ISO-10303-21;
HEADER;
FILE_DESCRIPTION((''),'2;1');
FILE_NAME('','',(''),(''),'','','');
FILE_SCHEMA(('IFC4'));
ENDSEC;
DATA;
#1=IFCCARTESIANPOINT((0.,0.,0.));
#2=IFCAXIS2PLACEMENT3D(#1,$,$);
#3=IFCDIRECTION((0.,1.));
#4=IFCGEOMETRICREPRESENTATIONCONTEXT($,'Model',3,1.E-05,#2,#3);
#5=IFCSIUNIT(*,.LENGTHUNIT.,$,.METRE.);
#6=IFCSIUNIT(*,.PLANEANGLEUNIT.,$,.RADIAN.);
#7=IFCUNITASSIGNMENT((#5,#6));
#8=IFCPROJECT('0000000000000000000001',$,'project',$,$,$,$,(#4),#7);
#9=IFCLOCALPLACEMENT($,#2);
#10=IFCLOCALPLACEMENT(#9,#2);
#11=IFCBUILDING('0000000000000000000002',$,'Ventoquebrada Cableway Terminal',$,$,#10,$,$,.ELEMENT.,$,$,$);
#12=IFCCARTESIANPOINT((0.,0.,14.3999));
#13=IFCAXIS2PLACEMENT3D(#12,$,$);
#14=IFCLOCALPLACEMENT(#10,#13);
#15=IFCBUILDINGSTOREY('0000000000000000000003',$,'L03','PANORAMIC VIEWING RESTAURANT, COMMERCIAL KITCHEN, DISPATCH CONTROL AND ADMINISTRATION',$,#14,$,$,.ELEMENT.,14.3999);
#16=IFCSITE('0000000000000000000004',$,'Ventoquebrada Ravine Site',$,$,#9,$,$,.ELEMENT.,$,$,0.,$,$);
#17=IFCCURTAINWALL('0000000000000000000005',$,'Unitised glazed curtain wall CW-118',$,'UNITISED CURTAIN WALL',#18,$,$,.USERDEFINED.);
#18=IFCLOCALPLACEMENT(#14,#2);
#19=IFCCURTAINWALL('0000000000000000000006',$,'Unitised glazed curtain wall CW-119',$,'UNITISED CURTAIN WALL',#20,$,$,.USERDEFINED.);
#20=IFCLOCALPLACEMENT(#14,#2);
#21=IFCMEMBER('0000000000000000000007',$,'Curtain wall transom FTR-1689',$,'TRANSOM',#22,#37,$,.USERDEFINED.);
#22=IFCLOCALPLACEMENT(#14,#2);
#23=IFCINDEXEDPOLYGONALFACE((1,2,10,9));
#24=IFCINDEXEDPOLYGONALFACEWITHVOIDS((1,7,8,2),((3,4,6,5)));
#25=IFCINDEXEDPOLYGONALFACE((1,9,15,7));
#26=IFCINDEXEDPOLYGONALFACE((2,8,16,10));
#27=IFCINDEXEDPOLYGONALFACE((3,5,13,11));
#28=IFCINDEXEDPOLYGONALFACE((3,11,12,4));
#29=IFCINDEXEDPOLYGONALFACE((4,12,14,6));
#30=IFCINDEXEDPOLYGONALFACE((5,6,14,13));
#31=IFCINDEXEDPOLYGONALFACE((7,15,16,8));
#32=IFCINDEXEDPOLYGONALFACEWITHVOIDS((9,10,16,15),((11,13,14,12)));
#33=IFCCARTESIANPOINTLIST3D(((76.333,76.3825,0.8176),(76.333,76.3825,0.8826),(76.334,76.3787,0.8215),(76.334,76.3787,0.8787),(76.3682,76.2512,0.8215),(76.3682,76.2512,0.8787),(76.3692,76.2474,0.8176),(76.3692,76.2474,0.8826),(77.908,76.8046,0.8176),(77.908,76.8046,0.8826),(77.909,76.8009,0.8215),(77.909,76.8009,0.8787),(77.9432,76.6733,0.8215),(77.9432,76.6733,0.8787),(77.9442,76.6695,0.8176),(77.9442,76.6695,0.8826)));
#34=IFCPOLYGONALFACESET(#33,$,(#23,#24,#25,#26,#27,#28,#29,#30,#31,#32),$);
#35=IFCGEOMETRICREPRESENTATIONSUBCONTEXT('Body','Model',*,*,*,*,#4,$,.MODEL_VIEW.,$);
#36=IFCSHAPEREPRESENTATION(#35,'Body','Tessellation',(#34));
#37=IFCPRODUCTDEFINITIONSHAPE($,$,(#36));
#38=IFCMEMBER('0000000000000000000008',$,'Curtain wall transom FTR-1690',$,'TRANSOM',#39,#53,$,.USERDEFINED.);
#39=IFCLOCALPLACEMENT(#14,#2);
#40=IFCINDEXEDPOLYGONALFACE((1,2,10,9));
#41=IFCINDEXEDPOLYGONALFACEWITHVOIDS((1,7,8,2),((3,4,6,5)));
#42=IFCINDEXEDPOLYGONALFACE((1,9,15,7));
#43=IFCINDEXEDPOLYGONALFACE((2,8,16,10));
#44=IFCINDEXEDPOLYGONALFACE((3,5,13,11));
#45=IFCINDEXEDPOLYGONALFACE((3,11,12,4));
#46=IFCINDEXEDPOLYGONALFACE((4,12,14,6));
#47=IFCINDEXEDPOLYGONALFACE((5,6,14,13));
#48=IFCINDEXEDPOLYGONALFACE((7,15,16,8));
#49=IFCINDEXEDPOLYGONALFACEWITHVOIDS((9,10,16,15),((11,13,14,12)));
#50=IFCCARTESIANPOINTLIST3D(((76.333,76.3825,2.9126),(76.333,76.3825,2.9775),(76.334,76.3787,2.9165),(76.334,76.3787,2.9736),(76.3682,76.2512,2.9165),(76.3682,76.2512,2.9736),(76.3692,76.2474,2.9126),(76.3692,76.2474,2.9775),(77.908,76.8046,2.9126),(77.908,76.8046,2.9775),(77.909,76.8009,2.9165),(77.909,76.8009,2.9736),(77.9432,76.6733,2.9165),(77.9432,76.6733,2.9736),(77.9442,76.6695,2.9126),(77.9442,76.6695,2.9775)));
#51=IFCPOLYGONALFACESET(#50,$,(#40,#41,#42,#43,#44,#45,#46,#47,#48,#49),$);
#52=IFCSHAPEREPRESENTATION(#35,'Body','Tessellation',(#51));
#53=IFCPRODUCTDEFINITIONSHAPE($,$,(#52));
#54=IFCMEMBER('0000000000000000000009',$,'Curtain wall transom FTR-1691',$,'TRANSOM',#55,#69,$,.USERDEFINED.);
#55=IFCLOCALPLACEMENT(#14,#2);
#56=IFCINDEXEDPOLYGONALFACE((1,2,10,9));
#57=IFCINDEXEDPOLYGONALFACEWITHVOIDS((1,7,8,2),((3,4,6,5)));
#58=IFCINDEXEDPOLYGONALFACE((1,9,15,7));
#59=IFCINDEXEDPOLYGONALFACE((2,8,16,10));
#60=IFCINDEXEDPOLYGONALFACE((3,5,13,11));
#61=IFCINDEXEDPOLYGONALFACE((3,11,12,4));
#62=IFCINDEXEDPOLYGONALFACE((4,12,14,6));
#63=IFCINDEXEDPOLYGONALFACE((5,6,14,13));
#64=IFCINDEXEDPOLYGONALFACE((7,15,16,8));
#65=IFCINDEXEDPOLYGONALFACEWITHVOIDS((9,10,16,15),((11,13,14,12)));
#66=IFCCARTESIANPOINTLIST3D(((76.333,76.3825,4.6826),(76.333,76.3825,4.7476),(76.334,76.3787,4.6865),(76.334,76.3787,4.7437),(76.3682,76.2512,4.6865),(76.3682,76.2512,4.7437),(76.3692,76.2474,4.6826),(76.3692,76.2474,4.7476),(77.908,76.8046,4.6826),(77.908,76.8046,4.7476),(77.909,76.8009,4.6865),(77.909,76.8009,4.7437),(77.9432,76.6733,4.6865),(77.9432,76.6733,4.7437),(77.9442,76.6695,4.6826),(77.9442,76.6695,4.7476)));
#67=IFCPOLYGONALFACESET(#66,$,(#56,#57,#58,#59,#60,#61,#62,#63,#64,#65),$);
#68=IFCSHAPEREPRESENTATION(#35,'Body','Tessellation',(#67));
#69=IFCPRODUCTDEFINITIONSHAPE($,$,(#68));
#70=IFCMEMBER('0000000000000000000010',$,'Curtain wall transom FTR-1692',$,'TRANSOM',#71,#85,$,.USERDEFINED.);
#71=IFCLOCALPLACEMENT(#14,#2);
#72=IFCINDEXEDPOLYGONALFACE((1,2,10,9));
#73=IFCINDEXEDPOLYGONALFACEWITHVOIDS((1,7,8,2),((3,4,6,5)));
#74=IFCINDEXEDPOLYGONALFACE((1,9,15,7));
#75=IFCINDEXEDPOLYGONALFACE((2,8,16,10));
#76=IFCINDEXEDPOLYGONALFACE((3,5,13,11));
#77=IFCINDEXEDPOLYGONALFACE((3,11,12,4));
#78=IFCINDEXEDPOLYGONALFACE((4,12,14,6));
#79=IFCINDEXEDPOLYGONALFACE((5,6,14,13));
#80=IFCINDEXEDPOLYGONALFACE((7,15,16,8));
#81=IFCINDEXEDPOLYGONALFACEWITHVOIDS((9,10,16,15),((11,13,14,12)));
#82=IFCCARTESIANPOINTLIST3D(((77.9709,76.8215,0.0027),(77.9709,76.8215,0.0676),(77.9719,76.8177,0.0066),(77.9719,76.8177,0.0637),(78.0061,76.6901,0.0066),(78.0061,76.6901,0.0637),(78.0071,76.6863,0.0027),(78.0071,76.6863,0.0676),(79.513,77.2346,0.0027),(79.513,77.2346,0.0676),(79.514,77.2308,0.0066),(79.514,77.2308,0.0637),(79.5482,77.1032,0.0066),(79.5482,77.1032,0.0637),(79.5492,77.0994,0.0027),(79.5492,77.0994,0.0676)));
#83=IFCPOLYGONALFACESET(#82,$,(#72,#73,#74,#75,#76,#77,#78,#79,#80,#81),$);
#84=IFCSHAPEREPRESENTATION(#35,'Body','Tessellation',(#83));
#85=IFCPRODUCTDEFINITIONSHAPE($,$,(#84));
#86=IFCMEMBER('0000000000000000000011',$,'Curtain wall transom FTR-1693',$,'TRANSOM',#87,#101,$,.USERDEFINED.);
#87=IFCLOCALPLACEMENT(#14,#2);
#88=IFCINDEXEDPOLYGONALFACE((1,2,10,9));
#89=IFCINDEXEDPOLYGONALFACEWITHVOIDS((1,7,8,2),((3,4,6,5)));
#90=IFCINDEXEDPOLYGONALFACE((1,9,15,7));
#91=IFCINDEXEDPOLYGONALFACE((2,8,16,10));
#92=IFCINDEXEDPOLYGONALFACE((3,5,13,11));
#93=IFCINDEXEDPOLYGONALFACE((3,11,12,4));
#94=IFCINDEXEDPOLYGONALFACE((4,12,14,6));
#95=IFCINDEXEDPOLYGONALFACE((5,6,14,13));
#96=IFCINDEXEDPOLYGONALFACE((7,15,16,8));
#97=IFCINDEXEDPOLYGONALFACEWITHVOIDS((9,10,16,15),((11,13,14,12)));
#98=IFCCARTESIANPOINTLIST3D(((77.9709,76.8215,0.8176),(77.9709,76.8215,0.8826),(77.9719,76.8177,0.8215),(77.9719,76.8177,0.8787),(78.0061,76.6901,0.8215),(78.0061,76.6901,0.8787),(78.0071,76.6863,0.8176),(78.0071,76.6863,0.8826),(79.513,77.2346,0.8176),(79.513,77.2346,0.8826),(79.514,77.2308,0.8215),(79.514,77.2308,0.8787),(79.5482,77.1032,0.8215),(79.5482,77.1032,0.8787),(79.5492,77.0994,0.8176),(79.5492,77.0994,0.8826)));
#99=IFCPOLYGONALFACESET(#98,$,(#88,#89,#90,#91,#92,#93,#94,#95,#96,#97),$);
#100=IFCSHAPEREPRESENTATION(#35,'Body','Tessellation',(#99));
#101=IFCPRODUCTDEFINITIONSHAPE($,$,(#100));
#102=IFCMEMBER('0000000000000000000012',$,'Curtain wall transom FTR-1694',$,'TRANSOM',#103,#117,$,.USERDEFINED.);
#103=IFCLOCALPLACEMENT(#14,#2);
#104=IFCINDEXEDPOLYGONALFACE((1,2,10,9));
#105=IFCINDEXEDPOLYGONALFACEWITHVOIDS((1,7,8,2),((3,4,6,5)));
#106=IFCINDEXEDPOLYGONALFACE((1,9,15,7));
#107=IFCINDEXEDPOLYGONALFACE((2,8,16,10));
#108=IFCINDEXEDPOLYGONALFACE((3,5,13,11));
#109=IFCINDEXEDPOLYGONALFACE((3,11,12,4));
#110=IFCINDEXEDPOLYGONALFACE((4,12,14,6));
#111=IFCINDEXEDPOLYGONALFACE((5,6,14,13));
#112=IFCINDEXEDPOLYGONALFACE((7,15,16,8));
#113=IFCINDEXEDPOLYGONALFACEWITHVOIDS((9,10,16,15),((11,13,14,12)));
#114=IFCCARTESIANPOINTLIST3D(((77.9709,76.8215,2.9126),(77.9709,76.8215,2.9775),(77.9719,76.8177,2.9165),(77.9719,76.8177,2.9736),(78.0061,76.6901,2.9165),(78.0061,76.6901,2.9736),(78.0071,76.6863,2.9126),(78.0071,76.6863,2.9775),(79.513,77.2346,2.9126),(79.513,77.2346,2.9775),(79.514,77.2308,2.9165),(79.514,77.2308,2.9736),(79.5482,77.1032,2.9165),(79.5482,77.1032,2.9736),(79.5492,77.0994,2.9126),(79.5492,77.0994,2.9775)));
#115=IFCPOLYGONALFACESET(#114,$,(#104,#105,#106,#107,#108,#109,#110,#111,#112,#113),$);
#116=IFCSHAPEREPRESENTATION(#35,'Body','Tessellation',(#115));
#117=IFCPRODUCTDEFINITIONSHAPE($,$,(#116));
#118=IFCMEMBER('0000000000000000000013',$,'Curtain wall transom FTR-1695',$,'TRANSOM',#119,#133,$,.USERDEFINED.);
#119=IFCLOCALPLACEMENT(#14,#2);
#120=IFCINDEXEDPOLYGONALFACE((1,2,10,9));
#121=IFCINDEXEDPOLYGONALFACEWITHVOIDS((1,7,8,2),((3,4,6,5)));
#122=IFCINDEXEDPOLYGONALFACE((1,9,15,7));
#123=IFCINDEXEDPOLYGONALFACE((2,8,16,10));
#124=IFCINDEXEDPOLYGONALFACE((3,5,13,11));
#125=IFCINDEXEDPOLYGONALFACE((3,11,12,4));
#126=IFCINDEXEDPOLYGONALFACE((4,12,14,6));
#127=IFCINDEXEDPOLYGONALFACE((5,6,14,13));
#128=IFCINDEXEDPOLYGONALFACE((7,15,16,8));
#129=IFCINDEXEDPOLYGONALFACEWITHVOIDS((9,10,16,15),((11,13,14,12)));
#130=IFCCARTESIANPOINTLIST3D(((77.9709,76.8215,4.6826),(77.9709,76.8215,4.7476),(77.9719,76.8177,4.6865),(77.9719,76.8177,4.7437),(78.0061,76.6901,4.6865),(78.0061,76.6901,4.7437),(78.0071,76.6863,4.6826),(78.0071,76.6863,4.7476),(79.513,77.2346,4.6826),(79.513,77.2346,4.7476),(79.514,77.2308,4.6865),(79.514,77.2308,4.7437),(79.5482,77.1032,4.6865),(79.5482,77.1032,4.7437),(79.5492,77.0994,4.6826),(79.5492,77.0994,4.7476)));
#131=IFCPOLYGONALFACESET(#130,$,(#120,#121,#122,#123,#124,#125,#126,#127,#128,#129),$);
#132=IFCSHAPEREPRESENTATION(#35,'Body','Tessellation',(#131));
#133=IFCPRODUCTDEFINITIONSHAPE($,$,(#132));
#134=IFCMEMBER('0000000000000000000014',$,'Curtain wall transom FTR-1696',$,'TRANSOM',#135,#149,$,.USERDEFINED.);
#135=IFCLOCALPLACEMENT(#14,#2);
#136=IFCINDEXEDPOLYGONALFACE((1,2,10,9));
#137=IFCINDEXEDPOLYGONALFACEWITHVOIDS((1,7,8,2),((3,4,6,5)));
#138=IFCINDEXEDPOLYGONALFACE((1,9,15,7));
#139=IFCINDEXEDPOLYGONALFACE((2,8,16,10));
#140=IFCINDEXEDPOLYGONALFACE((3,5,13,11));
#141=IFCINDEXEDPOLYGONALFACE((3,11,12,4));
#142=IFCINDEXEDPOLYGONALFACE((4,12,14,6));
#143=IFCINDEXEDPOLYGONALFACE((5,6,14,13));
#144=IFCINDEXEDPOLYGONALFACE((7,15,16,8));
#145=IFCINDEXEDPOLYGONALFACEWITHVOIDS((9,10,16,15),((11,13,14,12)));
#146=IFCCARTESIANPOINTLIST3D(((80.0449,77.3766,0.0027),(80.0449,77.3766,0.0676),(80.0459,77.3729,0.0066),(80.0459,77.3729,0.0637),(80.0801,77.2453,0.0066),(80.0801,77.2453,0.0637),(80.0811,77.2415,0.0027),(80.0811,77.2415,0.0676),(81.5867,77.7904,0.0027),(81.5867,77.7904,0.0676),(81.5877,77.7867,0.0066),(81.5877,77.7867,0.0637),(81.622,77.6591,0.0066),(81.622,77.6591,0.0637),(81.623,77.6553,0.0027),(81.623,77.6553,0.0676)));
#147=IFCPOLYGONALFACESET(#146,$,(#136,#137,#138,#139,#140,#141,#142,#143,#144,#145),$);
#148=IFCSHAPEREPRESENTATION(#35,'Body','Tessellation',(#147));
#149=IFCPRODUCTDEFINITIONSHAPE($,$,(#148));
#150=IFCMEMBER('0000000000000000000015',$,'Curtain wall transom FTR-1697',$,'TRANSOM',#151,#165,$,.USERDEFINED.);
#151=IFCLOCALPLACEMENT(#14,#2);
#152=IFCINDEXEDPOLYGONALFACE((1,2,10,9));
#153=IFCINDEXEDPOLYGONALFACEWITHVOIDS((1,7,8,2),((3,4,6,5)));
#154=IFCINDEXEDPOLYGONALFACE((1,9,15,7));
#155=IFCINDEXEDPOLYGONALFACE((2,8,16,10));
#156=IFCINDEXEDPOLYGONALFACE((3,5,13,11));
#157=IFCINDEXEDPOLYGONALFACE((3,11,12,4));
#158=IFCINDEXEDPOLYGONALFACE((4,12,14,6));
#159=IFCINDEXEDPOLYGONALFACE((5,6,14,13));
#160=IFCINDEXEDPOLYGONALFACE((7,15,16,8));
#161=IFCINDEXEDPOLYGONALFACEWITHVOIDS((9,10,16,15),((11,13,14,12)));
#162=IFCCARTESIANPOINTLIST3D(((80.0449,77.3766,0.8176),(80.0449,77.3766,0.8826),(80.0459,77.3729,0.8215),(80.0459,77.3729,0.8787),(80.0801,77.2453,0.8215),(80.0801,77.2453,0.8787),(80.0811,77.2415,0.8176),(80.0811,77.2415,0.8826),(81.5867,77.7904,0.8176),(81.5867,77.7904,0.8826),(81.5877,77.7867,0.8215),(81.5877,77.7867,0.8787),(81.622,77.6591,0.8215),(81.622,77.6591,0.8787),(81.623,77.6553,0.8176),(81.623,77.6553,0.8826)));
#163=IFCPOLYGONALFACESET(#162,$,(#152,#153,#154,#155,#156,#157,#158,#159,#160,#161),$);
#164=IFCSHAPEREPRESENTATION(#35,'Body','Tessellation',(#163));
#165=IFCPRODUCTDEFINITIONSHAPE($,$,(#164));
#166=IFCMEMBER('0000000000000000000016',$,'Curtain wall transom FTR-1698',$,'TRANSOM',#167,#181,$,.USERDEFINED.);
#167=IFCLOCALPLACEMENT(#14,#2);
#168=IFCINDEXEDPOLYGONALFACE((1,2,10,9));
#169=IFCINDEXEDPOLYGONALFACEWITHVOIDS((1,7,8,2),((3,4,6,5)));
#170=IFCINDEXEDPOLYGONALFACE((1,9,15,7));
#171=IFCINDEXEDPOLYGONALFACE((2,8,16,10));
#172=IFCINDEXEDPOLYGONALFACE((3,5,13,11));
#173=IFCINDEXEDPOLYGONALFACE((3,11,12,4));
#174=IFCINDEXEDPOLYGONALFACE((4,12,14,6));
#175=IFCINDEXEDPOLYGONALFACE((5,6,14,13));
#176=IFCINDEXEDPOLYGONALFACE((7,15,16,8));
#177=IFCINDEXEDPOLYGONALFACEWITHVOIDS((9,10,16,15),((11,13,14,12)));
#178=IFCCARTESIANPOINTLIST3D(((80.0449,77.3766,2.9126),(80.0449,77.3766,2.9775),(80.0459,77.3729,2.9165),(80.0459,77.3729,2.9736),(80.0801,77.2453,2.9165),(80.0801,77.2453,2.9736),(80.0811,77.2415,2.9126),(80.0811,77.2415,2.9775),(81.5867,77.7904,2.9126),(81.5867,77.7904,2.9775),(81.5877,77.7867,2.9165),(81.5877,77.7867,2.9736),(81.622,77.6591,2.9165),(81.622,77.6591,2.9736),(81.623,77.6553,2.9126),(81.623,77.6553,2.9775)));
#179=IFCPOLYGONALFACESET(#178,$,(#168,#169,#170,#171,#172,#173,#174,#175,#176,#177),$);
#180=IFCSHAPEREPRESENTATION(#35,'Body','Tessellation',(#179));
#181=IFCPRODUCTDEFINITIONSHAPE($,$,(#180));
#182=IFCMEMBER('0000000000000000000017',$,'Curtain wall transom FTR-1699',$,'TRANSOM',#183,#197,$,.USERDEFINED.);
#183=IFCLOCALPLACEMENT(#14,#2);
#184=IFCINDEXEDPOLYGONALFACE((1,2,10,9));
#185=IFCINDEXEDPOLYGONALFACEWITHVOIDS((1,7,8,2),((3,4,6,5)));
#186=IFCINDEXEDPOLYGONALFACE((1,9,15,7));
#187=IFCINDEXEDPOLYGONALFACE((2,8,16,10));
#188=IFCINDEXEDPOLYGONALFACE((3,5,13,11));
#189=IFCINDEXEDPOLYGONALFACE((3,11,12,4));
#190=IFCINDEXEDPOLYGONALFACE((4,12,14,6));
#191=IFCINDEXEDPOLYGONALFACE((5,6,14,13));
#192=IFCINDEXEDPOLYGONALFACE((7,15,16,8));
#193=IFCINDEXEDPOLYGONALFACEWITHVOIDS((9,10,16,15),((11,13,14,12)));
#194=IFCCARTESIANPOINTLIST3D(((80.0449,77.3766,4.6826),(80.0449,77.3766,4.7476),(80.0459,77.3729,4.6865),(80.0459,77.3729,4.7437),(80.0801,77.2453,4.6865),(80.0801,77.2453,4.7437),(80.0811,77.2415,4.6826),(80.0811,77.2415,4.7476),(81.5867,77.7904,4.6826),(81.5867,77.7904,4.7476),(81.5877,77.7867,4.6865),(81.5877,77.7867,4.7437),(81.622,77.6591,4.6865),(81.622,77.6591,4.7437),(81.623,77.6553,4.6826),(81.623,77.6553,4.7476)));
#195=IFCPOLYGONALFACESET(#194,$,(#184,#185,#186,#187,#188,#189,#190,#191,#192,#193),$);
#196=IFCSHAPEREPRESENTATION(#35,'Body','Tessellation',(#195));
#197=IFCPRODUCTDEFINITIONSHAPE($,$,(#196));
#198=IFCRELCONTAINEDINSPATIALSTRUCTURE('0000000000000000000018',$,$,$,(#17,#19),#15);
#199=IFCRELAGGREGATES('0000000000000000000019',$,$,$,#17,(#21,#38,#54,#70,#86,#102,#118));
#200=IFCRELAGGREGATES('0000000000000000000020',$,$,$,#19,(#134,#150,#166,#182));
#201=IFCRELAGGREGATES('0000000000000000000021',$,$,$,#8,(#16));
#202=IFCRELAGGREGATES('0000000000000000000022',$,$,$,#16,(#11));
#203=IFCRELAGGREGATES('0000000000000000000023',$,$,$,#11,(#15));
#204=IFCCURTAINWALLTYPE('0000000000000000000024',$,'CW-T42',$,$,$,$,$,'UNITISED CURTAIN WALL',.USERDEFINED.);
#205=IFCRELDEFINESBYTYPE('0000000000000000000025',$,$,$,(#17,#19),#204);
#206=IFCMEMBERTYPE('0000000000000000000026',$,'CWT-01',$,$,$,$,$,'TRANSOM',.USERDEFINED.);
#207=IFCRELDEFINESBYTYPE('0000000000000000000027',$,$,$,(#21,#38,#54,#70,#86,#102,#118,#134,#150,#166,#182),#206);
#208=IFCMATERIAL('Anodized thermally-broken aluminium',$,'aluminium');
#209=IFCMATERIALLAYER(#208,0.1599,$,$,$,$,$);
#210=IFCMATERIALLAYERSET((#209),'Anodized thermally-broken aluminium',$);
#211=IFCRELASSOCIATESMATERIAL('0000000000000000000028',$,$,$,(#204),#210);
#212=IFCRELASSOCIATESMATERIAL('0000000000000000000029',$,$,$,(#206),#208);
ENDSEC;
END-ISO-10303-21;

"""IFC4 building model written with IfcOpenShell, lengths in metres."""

from ifc_helpers import new_model, si_unit, direction, frame, origin, origin_2d, place, context, subcontext, project, spatial, hollow_rectangle, extrude, material, layer, layer_set, material_profile, profile_set, type_object, element, aggregate, save


model = new_model("IFC4")

# Units and contexts
model_context = context("Model", 3, precision=1e-05, world=origin(), true_north=direction((0.0, 1.0)))
body_context = subcontext(model_context, "Body", "Model", "MODEL_VIEW")
ifc_project = project(units=[si_unit("LENGTHUNIT", "METRE"), si_unit("PLANEANGLEUNIT", "RADIAN")], contexts=[model_context])

# Site, building, storey
site_placement = place(None, origin())
site = spatial("IfcSite", under=ifc_project, at=site_placement, Name="Ventoquebrada Ravine Site", CompositionType="ELEMENT", RefElevation=0.0)
building_placement = place(site_placement, origin())
building = spatial("IfcBuilding", under=site, at=building_placement, Name="Ventoquebrada Cableway Terminal", CompositionType="ELEMENT")
storey_placement = place(building_placement, frame((0.0, 0.0, 14.3999)))
storey = spatial("IfcBuildingStorey", under=building, at=storey_placement, Name="L03", Description="PANORAMIC VIEWING RESTAURANT, COMMERCIAL KITCHEN, DISPATCH CONTROL AND ADMINISTRATION", CompositionType="ELEMENT", Elevation=14.3999)

# Curtain wall
ifc_material_1 = material(Name="Anodized thermally-broken aluminium", Category="aluminium")
ifc_layer_1 = layer(ifc_material_1, 0.1599)
ifc_layer_set_1 = layer_set([ifc_layer_1], Name="Anodized thermally-broken aluminium")
curtain_wall_type_1 = type_object("IfcCurtainWallType", Name="CW-T42", ElementType="UNITISED CURTAIN WALL", PredefinedType="USERDEFINED", material=ifc_layer_set_1)
curtain_wall_1_placement = place(storey_placement, origin())
curtain_wall_1 = element("IfcCurtainWall", 1, at=curtain_wall_1_placement, inside=storey, type_object=curtain_wall_type_1, Name="Unitised glazed curtain wall CW-118", ObjectType="UNITISED CURTAIN WALL", PredefinedType="USERDEFINED")

# Curtain wall
curtain_wall_2_placement = place(storey_placement, origin())
curtain_wall_2 = element("IfcCurtainWall", 2, at=curtain_wall_2_placement, inside=storey, type_object=curtain_wall_type_1, Name="Unitised glazed curtain wall CW-119", ObjectType="UNITISED CURTAIN WALL", PredefinedType="USERDEFINED")

# Members
ifc_material_profile_1 = material_profile(ifc_material_1, hollow_rectangle(XDim=0.0649, YDim=0.1399, WallThickness=0.0039, at=origin_2d()), Name="CW-TRN-65X140")
ifc_profile_set_1 = profile_set([ifc_material_profile_1], Name="Anodized thermally-broken aluminium")
member_type_1 = type_object("IfcMemberType", Name="CWT-01", ElementType="TRANSOM", PredefinedType="USERDEFINED", material=ifc_profile_set_1)
member_1_placement = place(storey_placement, frame((76.3511, 76.3149, 0.8501), z_axis=(0.965909, 0.258883, 0.0), x_axis=(0.0, 0.0, 1.0)))
member_1 = element("IfcMember", 3, at=member_1_placement, type_object=member_type_1, Name="Curtain wall transom FTR-1689", ObjectType="TRANSOM", PredefinedType="USERDEFINED", context=body_context, shape_type="SweptSolid", body=[
    extrude(hollow_rectangle(XDim=0.0649, YDim=0.1399, WallThickness=0.0039, at=origin_2d()), origin(), (0.0, 0.0, 1.0), 1.6306),
])
member_2_placement = place(storey_placement, frame((76.3511, 76.3149, 2.9451), z_axis=(0.965909, 0.258883, 0.0), x_axis=(0.0, 0.0, 1.0)))
member_2 = element("IfcMember", 4, at=member_2_placement, type_object=member_type_1, Name="Curtain wall transom FTR-1690", ObjectType="TRANSOM", PredefinedType="USERDEFINED", context=body_context, shape_type="SweptSolid", body=[
    extrude(hollow_rectangle(XDim=0.0649, YDim=0.1399, WallThickness=0.0039, at=origin_2d()), origin(), (0.0, 0.0, 1.0), 1.6306),
])
member_3_placement = place(storey_placement, frame((76.3511, 76.3149, 4.7151), z_axis=(0.965909, 0.258883, 0.0), x_axis=(0.0, 0.0, 1.0)))
member_3 = element("IfcMember", 5, at=member_3_placement, type_object=member_type_1, Name="Curtain wall transom FTR-1691", ObjectType="TRANSOM", PredefinedType="USERDEFINED", context=body_context, shape_type="SweptSolid", body=[
    extrude(hollow_rectangle(XDim=0.0649, YDim=0.1399, WallThickness=0.0039, at=origin_2d()), origin(), (0.0, 0.0, 1.0), 1.6306),
])
member_4_placement = place(storey_placement, frame((77.989, 76.7539, 0.0352), z_axis=(0.96594, 0.258767, 0.0), x_axis=(0.0, 0.0, 1.0)))
member_4 = element("IfcMember", 6, at=member_4_placement, type_object=member_type_1, Name="Curtain wall transom FTR-1692", ObjectType="TRANSOM", PredefinedType="USERDEFINED", context=body_context, shape_type="SweptSolid", body=[
    extrude(hollow_rectangle(XDim=0.0649, YDim=0.1399, WallThickness=0.0039, at=origin_2d()), origin(), (0.0, 0.0, 1.0), 1.5964),
])
member_5_placement = place(storey_placement, frame((77.989, 76.7539, 0.8501), z_axis=(0.96594, 0.258767, 0.0), x_axis=(0.0, 0.0, 1.0)))
member_5 = element("IfcMember", 7, at=member_5_placement, type_object=member_type_1, Name="Curtain wall transom FTR-1693", ObjectType="TRANSOM", PredefinedType="USERDEFINED", context=body_context, shape_type="SweptSolid", body=[
    extrude(hollow_rectangle(XDim=0.0649, YDim=0.1399, WallThickness=0.0039, at=origin_2d()), origin(), (0.0, 0.0, 1.0), 1.5964),
])
member_6_placement = place(storey_placement, frame((77.989, 76.7539, 2.9451), z_axis=(0.96594, 0.258767, 0.0), x_axis=(0.0, 0.0, 1.0)))
member_6 = element("IfcMember", 8, at=member_6_placement, type_object=member_type_1, Name="Curtain wall transom FTR-1694", ObjectType="TRANSOM", PredefinedType="USERDEFINED", context=body_context, shape_type="SweptSolid", body=[
    extrude(hollow_rectangle(XDim=0.0649, YDim=0.1399, WallThickness=0.0039, at=origin_2d()), origin(), (0.0, 0.0, 1.0), 1.5964),
])
member_7_placement = place(storey_placement, frame((77.989, 76.7539, 4.7151), z_axis=(0.96594, 0.258767, 0.0), x_axis=(0.0, 0.0, 1.0)))
member_7 = element("IfcMember", 9, at=member_7_placement, type_object=member_type_1, Name="Curtain wall transom FTR-1695", ObjectType="TRANSOM", PredefinedType="USERDEFINED", context=body_context, shape_type="SweptSolid", body=[
    extrude(hollow_rectangle(XDim=0.0649, YDim=0.1399, WallThickness=0.0039, at=origin_2d()), origin(), (0.0, 0.0, 1.0), 1.5964),
])
member_8_placement = place(storey_placement, frame((80.063, 77.3091, 0.0352), z_axis=(0.965825, 0.259195, 0.0), x_axis=(0.0, 0.0, 1.0)))
member_8 = element("IfcMember", 10, at=member_8_placement, type_object=member_type_1, Name="Curtain wall transom FTR-1696", ObjectType="TRANSOM", PredefinedType="USERDEFINED", context=body_context, shape_type="SweptSolid", body=[
    extrude(hollow_rectangle(XDim=0.0649, YDim=0.1399, WallThickness=0.0039, at=origin_2d()), origin(), (0.0, 0.0, 1.0), 1.5964),
])
member_9_placement = place(storey_placement, frame((80.063, 77.3091, 0.8501), z_axis=(0.965825, 0.259195, 0.0), x_axis=(0.0, 0.0, 1.0)))
member_9 = element("IfcMember", 11, at=member_9_placement, type_object=member_type_1, Name="Curtain wall transom FTR-1697", ObjectType="TRANSOM", PredefinedType="USERDEFINED", context=body_context, shape_type="SweptSolid", body=[
    extrude(hollow_rectangle(XDim=0.0649, YDim=0.1399, WallThickness=0.0039, at=origin_2d()), origin(), (0.0, 0.0, 1.0), 1.5964),
])
member_10_placement = place(storey_placement, frame((80.063, 77.3091, 2.9451), z_axis=(0.965825, 0.259195, 0.0), x_axis=(0.0, 0.0, 1.0)))
member_10 = element("IfcMember", 12, at=member_10_placement, type_object=member_type_1, Name="Curtain wall transom FTR-1698", ObjectType="TRANSOM", PredefinedType="USERDEFINED", context=body_context, shape_type="SweptSolid", body=[
    extrude(hollow_rectangle(XDim=0.0649, YDim=0.1399, WallThickness=0.0039, at=origin_2d()), origin(), (0.0, 0.0, 1.0), 1.5964),
])
member_11_placement = place(storey_placement, frame((80.063, 77.3091, 4.7151), z_axis=(0.965825, 0.259195, 0.0), x_axis=(0.0, 0.0, 1.0)))
member_11 = element("IfcMember", 13, at=member_11_placement, type_object=member_type_1, Name="Curtain wall transom FTR-1699", ObjectType="TRANSOM", PredefinedType="USERDEFINED", context=body_context, shape_type="SweptSolid", body=[
    extrude(hollow_rectangle(XDim=0.0649, YDim=0.1399, WallThickness=0.0039, at=origin_2d()), origin(), (0.0, 0.0, 1.0), 1.5964),
])

aggregate(curtain_wall_1, [member_1, member_2, member_3, member_4, member_5, member_6, member_7])
aggregate(curtain_wall_2, [member_8, member_9, member_10, member_11])

save(model, "model.ifc")
